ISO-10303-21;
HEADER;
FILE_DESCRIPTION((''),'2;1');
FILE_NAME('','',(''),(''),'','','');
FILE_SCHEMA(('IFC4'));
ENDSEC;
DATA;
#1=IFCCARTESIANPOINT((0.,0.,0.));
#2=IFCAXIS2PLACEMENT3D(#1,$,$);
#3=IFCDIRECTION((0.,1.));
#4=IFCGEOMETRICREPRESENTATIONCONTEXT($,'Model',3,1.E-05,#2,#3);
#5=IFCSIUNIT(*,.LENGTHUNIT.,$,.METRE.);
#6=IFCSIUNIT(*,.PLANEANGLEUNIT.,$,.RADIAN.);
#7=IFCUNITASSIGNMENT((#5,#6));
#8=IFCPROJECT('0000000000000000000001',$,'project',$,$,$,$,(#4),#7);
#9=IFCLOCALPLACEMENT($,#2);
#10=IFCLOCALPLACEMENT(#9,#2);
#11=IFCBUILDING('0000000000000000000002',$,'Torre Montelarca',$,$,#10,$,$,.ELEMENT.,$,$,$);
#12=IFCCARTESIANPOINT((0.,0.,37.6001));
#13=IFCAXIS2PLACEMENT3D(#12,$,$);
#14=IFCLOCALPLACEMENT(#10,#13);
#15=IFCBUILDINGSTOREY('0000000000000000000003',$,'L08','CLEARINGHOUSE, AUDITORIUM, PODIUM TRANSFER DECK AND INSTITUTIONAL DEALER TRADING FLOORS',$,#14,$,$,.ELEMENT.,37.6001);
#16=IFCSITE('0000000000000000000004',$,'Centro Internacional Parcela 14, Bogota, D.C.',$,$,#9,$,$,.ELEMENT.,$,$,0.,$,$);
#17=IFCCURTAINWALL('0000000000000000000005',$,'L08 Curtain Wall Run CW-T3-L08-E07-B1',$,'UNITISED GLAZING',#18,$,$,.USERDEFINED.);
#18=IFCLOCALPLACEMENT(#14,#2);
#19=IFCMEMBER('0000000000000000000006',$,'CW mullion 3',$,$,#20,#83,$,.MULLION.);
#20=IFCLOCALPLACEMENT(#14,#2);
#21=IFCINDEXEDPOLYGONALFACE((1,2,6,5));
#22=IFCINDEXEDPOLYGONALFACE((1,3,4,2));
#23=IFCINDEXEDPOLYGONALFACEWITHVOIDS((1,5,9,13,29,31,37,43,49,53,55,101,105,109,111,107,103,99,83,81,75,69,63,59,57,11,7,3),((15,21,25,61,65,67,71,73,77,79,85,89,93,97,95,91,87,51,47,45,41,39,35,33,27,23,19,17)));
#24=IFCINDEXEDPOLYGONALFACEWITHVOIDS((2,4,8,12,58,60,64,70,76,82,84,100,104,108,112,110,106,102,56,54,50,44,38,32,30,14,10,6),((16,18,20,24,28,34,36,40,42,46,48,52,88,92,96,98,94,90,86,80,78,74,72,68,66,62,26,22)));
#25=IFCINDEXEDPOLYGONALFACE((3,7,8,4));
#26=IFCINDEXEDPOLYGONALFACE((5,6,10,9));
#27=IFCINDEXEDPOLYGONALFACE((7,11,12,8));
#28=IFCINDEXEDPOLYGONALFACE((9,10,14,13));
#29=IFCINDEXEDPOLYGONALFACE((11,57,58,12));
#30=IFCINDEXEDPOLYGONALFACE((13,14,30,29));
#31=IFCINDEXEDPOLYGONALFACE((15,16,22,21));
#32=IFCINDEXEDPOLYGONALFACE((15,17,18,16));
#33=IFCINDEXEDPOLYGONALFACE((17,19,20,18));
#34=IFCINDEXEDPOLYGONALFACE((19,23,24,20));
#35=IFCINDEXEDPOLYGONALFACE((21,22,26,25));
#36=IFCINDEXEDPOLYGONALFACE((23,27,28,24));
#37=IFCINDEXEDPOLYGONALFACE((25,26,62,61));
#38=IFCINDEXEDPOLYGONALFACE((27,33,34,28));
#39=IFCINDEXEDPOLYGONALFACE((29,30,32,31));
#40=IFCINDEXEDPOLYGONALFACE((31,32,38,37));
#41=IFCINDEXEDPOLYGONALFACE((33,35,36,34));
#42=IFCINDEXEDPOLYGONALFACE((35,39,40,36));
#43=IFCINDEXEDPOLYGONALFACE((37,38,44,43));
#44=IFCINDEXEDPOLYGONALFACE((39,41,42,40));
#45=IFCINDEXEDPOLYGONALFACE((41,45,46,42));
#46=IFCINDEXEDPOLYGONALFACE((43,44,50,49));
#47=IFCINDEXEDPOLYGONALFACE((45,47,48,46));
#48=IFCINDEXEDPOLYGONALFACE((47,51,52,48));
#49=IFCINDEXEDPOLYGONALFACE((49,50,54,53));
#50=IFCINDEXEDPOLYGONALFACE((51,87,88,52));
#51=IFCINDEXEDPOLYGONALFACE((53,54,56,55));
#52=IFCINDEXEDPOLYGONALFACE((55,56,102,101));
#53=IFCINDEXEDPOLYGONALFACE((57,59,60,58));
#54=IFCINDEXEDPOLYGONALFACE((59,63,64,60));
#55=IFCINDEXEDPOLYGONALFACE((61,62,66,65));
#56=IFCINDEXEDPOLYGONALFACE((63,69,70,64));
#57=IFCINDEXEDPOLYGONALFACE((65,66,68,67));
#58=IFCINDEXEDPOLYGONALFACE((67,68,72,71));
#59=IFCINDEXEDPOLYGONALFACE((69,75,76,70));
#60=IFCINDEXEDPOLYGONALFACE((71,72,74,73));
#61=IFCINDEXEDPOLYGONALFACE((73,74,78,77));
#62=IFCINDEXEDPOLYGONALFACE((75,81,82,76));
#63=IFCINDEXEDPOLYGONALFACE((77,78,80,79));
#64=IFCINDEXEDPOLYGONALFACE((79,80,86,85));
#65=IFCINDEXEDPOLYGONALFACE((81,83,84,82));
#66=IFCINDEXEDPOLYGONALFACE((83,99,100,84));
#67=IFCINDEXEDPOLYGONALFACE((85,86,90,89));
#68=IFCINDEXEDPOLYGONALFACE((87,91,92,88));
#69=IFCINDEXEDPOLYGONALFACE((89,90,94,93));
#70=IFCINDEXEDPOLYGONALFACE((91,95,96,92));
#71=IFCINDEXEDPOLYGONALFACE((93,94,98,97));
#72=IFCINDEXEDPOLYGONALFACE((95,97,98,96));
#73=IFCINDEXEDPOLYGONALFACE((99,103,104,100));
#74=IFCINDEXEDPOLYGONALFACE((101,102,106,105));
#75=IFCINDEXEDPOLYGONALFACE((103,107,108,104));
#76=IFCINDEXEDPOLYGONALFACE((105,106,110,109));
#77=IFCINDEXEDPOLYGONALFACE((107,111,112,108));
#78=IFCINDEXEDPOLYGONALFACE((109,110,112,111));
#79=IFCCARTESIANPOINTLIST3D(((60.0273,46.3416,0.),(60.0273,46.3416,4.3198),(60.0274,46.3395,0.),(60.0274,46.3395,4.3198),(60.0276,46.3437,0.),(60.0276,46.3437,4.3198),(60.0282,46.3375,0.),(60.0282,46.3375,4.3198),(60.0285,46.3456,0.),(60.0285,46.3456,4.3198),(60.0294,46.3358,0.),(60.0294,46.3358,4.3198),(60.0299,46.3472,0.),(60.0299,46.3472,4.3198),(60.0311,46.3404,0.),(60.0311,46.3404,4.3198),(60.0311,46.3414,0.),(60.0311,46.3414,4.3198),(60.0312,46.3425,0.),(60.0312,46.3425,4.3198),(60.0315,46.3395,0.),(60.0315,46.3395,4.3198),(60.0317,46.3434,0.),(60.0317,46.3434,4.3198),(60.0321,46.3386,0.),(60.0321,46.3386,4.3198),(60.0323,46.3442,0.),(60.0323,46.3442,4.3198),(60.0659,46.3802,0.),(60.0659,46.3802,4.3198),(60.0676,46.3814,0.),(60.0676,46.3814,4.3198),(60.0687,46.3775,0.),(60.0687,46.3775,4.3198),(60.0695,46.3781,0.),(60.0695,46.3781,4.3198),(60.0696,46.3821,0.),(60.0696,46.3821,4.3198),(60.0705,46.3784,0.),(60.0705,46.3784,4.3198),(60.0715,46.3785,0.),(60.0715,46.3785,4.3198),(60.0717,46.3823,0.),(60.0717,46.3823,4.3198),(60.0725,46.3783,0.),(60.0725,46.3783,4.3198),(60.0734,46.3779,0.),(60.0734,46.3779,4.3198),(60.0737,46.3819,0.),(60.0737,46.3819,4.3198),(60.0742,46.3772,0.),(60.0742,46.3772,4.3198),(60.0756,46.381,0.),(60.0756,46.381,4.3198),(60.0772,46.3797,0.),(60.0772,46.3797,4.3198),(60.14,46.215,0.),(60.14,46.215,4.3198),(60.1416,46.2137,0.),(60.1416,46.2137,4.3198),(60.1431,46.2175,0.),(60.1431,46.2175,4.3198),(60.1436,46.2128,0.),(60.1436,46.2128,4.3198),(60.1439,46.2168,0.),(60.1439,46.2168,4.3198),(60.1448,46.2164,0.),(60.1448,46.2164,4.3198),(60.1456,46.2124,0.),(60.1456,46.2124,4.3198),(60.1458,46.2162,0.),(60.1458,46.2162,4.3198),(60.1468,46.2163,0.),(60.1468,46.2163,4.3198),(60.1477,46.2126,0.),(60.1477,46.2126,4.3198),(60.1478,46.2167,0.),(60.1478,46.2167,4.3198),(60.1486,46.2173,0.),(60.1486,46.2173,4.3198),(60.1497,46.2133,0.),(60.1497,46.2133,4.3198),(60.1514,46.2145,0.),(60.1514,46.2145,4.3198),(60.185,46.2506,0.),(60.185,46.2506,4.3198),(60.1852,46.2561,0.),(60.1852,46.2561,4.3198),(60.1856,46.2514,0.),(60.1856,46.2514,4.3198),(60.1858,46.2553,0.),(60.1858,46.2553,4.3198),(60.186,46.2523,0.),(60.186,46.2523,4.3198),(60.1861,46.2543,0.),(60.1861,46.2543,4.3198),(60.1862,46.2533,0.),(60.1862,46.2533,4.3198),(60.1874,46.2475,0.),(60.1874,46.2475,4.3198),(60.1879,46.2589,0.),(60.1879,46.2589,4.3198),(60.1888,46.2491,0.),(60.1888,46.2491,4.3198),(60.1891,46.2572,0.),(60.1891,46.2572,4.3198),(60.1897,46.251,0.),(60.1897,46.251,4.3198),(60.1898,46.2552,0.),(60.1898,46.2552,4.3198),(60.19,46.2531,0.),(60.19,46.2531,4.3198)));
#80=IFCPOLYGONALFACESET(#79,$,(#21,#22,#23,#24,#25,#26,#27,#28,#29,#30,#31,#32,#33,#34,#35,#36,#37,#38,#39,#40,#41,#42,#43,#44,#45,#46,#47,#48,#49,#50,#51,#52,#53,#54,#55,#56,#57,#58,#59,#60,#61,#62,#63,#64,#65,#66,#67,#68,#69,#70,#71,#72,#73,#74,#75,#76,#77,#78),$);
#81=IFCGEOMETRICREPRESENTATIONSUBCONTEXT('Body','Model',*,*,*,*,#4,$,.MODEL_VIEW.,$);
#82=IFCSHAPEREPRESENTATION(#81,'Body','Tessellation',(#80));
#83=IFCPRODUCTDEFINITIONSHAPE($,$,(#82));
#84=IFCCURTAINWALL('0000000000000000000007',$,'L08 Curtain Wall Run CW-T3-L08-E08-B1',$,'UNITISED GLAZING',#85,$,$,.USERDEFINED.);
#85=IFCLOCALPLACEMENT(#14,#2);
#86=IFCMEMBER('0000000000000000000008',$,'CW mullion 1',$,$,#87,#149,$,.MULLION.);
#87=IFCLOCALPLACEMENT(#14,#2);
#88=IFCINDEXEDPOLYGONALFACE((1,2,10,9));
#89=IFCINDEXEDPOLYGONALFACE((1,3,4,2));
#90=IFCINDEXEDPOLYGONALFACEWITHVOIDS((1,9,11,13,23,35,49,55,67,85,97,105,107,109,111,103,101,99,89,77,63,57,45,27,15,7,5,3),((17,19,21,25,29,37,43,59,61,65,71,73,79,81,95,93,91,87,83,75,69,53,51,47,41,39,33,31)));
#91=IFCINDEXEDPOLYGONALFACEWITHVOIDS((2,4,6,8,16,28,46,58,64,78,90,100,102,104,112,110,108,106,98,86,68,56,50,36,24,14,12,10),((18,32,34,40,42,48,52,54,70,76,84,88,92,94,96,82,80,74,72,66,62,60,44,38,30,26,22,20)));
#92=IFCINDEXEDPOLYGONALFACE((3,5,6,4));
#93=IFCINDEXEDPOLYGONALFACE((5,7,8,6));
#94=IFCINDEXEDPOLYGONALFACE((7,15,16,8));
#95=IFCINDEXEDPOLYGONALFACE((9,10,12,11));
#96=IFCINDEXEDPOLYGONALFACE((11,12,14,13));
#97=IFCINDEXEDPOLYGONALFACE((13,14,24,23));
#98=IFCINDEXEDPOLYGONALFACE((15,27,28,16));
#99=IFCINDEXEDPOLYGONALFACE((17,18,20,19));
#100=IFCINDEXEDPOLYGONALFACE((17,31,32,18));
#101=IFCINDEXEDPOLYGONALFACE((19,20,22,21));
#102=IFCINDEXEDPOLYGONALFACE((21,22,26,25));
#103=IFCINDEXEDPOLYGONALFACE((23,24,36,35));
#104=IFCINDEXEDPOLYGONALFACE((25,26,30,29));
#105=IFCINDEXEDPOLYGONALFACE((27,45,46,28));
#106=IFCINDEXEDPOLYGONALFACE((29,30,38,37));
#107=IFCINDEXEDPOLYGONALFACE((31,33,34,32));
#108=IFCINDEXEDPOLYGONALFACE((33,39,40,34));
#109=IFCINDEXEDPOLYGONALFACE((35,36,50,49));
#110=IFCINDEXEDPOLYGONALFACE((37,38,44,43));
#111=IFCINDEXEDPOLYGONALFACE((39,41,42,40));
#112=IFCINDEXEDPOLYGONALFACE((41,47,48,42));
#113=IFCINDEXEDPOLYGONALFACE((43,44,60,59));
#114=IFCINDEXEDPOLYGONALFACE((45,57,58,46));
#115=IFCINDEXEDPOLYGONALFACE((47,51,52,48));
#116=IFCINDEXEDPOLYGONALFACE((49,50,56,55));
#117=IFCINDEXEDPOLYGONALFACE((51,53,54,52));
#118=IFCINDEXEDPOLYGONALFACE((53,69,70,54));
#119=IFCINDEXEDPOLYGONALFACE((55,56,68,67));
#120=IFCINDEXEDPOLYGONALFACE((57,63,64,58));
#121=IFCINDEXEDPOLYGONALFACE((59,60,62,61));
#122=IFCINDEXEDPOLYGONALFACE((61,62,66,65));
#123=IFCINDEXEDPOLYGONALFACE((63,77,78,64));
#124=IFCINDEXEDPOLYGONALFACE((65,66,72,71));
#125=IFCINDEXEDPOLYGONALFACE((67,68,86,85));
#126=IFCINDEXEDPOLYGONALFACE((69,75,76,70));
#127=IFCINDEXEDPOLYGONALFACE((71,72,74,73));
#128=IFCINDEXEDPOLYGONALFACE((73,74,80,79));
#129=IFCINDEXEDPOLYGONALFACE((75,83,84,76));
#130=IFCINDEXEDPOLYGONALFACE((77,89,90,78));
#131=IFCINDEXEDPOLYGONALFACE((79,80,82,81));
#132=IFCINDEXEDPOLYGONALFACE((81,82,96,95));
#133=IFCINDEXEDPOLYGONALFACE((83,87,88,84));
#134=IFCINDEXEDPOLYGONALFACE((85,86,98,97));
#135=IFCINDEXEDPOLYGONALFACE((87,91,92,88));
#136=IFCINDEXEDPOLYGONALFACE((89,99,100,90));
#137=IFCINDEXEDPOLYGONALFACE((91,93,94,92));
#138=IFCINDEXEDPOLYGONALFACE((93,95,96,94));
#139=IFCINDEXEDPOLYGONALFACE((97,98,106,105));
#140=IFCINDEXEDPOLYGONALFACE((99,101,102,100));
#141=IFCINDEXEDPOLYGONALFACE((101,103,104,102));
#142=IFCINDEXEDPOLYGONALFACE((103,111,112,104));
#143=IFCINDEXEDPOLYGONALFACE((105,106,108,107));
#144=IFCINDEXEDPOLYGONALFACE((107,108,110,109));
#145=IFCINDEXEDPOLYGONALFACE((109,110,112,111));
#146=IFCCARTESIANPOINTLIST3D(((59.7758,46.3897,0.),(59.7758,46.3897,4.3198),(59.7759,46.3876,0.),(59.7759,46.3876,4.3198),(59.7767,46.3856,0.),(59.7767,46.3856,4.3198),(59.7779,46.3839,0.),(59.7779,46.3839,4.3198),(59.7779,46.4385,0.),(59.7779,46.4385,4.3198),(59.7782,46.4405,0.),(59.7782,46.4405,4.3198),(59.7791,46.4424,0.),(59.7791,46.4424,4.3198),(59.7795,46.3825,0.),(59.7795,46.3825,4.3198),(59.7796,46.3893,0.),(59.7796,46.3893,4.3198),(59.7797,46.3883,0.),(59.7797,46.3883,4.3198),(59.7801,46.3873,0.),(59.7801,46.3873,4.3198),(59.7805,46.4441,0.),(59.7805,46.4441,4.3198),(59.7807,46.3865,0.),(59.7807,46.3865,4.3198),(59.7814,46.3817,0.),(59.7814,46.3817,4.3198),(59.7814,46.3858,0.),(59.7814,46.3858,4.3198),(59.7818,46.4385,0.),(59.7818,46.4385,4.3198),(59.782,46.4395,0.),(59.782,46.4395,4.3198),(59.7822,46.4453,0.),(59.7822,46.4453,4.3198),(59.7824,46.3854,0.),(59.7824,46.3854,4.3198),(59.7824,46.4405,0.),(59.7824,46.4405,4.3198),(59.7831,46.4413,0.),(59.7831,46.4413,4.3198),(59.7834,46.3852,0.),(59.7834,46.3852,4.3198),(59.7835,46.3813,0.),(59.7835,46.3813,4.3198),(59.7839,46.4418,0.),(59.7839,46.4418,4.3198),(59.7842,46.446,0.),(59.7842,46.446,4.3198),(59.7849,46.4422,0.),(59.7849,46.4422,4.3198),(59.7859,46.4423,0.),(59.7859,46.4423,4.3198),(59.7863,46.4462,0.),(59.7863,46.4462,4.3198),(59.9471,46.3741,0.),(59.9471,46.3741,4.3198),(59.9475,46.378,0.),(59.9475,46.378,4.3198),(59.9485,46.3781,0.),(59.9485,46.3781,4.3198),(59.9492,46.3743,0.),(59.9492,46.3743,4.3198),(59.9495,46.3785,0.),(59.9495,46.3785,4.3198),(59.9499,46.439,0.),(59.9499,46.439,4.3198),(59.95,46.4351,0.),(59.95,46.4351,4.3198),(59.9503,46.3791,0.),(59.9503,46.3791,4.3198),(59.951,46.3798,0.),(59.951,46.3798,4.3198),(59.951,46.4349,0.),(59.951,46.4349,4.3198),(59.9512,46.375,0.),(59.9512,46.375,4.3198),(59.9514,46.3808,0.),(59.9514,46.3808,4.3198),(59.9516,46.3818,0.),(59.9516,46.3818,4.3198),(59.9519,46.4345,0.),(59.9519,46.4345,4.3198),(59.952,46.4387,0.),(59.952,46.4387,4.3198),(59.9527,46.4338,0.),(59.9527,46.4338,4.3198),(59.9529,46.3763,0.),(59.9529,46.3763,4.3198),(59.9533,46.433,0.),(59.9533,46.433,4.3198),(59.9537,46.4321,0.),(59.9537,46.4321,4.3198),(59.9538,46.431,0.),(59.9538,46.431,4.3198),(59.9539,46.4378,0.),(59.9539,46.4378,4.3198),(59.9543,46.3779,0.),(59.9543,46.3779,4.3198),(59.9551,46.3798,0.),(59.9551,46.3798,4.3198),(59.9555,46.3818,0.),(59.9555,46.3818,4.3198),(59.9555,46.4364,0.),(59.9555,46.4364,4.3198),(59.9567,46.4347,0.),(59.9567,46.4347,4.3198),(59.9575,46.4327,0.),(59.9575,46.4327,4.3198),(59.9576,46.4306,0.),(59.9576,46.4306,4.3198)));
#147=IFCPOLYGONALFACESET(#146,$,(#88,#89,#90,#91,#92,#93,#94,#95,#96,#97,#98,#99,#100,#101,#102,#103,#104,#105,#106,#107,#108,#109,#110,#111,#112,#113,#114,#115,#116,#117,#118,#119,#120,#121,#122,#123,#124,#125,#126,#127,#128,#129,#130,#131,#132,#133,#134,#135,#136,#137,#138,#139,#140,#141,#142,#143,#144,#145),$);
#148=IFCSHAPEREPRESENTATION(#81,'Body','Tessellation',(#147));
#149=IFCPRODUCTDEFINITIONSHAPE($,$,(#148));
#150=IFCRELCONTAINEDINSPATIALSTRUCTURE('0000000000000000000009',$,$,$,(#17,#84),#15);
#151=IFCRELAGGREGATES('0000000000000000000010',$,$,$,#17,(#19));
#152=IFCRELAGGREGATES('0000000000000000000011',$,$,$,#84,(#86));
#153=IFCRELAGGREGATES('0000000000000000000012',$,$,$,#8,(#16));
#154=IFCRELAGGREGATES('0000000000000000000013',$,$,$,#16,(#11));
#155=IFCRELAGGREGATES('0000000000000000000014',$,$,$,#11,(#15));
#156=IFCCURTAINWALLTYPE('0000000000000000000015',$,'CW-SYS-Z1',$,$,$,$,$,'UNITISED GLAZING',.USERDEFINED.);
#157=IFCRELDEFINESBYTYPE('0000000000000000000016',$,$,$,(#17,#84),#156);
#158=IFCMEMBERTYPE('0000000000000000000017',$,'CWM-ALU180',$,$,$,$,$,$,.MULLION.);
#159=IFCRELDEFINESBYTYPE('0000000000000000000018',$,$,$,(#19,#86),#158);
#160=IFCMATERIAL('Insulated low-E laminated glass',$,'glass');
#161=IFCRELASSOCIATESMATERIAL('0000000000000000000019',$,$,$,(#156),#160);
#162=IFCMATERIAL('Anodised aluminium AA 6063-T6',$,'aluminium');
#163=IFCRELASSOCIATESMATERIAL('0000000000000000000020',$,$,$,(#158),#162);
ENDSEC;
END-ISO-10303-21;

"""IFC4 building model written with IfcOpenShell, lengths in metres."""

from ifc_helpers import new_model, si_unit, direction, frame, origin, origin_2d, place, context, subcontext, project, spatial, hollow_rectangle, extrude, source, transform, mapped, material, material_profile, profile_set, type_object, element, aggregate, save


model = new_model("IFC4")

# Units and contexts
model_context = context("Model", 3, precision=1e-05, world=origin(), true_north=direction((0.0, 1.0)))
body_context = subcontext(model_context, "Body", "Model", "MODEL_VIEW")
ifc_project = project(units=[si_unit("LENGTHUNIT", "METRE"), si_unit("PLANEANGLEUNIT", "RADIAN")], contexts=[model_context])

# Site, building, storey
site_placement = place(None, origin())
site = spatial("IfcSite", under=ifc_project, at=site_placement, Name="Centro Internacional Parcela 14, Bogota, D.C.", CompositionType="ELEMENT", RefElevation=0.0)
building_placement = place(site_placement, origin())
building = spatial("IfcBuilding", under=site, at=building_placement, Name="Torre Montelarca", CompositionType="ELEMENT")
storey_placement = place(building_placement, frame((0.0, 0.0, 37.6001)))
storey = spatial("IfcBuildingStorey", under=building, at=storey_placement, Name="L08", Description="CLEARINGHOUSE, AUDITORIUM, PODIUM TRANSFER DECK AND INSTITUTIONAL DEALER TRADING FLOORS", CompositionType="ELEMENT", Elevation=37.6001)

# Curtain walls, members
ifc_material_1 = material(Name="Insulated low-E laminated glass", Category="glass")
curtain_wall_type = type_object("IfcCurtainWallType", Name="CW-SYS-Z1", ElementType="UNITISED GLAZING", PredefinedType="USERDEFINED", material=ifc_material_1)
curtain_wall_1_placement = place(storey_placement, origin())
curtain_wall_1 = element("IfcCurtainWall", 1, at=curtain_wall_1_placement, inside=storey, type_object=curtain_wall_type, Name="L08 Curtain Wall Run CW-T3-L08-E07-B1", ObjectType="UNITISED GLAZING", PredefinedType="USERDEFINED")
ifc_material_2 = material(Name="Anodised aluminium AA 6063-T6", Category="aluminium")
ifc_material_profile_1 = material_profile(ifc_material_2, hollow_rectangle(XDim=0.0649, YDim=0.1799, WallThickness=0.0039, InnerFilletRadius=0.0039, OuterFilletRadius=0.0081, at=origin_2d()), Name="ALU65X180X4", Category="aluminium")
ifc_profile_set_1 = profile_set([ifc_material_profile_1], Name="Anodised aluminium AA 6063-T6")
member_type_1 = type_object("IfcMemberType", Name="CWM-ALU180", PredefinedType="MULLION", material=ifc_profile_set_1)
shared_shape_1 = source(origin(), body_context, "Body", "SweptSolid", [
    extrude(hollow_rectangle(XDim=0.0649, YDim=0.1799, WallThickness=0.0039, InnerFilletRadius=0.0039, OuterFilletRadius=0.0081, at=origin_2d()), origin(), (0.0, 0.0, 1.0), 4.3198),
])
member_1_placement = place(storey_placement, frame((60.1086, 46.2974, 0.0), z_axis=(0.0, 0.0, 1.0), x_axis=(-0.737292, -0.675574, 0.0)))
member_1 = element("IfcMember", 2, at=member_1_placement, type_object=member_type_1, Name="CW mullion 3", PredefinedType="MULLION", context=body_context, shape_type="MappedRepresentation", body=[
    mapped(shared_shape_1, transform((0.0, 0.0, 0.0), scale=1.0)),
])
curtain_wall_2_placement = place(storey_placement, origin())
curtain_wall_2 = element("IfcCurtainWall", 3, at=curtain_wall_2_placement, inside=storey, type_object=curtain_wall_type, Name="L08 Curtain Wall Run CW-T3-L08-E08-B1", ObjectType="UNITISED GLAZING", PredefinedType="USERDEFINED")
member_2_placement = place(storey_placement, frame((59.8667, 46.4102, 0.0), z_axis=(0.0, 0.0, 1.0), x_axis=(-0.043618, -0.999048, 0.0)))
member_2 = element("IfcMember", 4, at=member_2_placement, type_object=member_type_1, Name="CW mullion 1", PredefinedType="MULLION", context=body_context, shape_type="MappedRepresentation", body=[
    mapped(shared_shape_1, transform((0.0, 0.0, 0.0), scale=1.0)),
])

aggregate(curtain_wall_1, [member_1])
aggregate(curtain_wall_2, [member_2])

save(model, "model.ifc")
